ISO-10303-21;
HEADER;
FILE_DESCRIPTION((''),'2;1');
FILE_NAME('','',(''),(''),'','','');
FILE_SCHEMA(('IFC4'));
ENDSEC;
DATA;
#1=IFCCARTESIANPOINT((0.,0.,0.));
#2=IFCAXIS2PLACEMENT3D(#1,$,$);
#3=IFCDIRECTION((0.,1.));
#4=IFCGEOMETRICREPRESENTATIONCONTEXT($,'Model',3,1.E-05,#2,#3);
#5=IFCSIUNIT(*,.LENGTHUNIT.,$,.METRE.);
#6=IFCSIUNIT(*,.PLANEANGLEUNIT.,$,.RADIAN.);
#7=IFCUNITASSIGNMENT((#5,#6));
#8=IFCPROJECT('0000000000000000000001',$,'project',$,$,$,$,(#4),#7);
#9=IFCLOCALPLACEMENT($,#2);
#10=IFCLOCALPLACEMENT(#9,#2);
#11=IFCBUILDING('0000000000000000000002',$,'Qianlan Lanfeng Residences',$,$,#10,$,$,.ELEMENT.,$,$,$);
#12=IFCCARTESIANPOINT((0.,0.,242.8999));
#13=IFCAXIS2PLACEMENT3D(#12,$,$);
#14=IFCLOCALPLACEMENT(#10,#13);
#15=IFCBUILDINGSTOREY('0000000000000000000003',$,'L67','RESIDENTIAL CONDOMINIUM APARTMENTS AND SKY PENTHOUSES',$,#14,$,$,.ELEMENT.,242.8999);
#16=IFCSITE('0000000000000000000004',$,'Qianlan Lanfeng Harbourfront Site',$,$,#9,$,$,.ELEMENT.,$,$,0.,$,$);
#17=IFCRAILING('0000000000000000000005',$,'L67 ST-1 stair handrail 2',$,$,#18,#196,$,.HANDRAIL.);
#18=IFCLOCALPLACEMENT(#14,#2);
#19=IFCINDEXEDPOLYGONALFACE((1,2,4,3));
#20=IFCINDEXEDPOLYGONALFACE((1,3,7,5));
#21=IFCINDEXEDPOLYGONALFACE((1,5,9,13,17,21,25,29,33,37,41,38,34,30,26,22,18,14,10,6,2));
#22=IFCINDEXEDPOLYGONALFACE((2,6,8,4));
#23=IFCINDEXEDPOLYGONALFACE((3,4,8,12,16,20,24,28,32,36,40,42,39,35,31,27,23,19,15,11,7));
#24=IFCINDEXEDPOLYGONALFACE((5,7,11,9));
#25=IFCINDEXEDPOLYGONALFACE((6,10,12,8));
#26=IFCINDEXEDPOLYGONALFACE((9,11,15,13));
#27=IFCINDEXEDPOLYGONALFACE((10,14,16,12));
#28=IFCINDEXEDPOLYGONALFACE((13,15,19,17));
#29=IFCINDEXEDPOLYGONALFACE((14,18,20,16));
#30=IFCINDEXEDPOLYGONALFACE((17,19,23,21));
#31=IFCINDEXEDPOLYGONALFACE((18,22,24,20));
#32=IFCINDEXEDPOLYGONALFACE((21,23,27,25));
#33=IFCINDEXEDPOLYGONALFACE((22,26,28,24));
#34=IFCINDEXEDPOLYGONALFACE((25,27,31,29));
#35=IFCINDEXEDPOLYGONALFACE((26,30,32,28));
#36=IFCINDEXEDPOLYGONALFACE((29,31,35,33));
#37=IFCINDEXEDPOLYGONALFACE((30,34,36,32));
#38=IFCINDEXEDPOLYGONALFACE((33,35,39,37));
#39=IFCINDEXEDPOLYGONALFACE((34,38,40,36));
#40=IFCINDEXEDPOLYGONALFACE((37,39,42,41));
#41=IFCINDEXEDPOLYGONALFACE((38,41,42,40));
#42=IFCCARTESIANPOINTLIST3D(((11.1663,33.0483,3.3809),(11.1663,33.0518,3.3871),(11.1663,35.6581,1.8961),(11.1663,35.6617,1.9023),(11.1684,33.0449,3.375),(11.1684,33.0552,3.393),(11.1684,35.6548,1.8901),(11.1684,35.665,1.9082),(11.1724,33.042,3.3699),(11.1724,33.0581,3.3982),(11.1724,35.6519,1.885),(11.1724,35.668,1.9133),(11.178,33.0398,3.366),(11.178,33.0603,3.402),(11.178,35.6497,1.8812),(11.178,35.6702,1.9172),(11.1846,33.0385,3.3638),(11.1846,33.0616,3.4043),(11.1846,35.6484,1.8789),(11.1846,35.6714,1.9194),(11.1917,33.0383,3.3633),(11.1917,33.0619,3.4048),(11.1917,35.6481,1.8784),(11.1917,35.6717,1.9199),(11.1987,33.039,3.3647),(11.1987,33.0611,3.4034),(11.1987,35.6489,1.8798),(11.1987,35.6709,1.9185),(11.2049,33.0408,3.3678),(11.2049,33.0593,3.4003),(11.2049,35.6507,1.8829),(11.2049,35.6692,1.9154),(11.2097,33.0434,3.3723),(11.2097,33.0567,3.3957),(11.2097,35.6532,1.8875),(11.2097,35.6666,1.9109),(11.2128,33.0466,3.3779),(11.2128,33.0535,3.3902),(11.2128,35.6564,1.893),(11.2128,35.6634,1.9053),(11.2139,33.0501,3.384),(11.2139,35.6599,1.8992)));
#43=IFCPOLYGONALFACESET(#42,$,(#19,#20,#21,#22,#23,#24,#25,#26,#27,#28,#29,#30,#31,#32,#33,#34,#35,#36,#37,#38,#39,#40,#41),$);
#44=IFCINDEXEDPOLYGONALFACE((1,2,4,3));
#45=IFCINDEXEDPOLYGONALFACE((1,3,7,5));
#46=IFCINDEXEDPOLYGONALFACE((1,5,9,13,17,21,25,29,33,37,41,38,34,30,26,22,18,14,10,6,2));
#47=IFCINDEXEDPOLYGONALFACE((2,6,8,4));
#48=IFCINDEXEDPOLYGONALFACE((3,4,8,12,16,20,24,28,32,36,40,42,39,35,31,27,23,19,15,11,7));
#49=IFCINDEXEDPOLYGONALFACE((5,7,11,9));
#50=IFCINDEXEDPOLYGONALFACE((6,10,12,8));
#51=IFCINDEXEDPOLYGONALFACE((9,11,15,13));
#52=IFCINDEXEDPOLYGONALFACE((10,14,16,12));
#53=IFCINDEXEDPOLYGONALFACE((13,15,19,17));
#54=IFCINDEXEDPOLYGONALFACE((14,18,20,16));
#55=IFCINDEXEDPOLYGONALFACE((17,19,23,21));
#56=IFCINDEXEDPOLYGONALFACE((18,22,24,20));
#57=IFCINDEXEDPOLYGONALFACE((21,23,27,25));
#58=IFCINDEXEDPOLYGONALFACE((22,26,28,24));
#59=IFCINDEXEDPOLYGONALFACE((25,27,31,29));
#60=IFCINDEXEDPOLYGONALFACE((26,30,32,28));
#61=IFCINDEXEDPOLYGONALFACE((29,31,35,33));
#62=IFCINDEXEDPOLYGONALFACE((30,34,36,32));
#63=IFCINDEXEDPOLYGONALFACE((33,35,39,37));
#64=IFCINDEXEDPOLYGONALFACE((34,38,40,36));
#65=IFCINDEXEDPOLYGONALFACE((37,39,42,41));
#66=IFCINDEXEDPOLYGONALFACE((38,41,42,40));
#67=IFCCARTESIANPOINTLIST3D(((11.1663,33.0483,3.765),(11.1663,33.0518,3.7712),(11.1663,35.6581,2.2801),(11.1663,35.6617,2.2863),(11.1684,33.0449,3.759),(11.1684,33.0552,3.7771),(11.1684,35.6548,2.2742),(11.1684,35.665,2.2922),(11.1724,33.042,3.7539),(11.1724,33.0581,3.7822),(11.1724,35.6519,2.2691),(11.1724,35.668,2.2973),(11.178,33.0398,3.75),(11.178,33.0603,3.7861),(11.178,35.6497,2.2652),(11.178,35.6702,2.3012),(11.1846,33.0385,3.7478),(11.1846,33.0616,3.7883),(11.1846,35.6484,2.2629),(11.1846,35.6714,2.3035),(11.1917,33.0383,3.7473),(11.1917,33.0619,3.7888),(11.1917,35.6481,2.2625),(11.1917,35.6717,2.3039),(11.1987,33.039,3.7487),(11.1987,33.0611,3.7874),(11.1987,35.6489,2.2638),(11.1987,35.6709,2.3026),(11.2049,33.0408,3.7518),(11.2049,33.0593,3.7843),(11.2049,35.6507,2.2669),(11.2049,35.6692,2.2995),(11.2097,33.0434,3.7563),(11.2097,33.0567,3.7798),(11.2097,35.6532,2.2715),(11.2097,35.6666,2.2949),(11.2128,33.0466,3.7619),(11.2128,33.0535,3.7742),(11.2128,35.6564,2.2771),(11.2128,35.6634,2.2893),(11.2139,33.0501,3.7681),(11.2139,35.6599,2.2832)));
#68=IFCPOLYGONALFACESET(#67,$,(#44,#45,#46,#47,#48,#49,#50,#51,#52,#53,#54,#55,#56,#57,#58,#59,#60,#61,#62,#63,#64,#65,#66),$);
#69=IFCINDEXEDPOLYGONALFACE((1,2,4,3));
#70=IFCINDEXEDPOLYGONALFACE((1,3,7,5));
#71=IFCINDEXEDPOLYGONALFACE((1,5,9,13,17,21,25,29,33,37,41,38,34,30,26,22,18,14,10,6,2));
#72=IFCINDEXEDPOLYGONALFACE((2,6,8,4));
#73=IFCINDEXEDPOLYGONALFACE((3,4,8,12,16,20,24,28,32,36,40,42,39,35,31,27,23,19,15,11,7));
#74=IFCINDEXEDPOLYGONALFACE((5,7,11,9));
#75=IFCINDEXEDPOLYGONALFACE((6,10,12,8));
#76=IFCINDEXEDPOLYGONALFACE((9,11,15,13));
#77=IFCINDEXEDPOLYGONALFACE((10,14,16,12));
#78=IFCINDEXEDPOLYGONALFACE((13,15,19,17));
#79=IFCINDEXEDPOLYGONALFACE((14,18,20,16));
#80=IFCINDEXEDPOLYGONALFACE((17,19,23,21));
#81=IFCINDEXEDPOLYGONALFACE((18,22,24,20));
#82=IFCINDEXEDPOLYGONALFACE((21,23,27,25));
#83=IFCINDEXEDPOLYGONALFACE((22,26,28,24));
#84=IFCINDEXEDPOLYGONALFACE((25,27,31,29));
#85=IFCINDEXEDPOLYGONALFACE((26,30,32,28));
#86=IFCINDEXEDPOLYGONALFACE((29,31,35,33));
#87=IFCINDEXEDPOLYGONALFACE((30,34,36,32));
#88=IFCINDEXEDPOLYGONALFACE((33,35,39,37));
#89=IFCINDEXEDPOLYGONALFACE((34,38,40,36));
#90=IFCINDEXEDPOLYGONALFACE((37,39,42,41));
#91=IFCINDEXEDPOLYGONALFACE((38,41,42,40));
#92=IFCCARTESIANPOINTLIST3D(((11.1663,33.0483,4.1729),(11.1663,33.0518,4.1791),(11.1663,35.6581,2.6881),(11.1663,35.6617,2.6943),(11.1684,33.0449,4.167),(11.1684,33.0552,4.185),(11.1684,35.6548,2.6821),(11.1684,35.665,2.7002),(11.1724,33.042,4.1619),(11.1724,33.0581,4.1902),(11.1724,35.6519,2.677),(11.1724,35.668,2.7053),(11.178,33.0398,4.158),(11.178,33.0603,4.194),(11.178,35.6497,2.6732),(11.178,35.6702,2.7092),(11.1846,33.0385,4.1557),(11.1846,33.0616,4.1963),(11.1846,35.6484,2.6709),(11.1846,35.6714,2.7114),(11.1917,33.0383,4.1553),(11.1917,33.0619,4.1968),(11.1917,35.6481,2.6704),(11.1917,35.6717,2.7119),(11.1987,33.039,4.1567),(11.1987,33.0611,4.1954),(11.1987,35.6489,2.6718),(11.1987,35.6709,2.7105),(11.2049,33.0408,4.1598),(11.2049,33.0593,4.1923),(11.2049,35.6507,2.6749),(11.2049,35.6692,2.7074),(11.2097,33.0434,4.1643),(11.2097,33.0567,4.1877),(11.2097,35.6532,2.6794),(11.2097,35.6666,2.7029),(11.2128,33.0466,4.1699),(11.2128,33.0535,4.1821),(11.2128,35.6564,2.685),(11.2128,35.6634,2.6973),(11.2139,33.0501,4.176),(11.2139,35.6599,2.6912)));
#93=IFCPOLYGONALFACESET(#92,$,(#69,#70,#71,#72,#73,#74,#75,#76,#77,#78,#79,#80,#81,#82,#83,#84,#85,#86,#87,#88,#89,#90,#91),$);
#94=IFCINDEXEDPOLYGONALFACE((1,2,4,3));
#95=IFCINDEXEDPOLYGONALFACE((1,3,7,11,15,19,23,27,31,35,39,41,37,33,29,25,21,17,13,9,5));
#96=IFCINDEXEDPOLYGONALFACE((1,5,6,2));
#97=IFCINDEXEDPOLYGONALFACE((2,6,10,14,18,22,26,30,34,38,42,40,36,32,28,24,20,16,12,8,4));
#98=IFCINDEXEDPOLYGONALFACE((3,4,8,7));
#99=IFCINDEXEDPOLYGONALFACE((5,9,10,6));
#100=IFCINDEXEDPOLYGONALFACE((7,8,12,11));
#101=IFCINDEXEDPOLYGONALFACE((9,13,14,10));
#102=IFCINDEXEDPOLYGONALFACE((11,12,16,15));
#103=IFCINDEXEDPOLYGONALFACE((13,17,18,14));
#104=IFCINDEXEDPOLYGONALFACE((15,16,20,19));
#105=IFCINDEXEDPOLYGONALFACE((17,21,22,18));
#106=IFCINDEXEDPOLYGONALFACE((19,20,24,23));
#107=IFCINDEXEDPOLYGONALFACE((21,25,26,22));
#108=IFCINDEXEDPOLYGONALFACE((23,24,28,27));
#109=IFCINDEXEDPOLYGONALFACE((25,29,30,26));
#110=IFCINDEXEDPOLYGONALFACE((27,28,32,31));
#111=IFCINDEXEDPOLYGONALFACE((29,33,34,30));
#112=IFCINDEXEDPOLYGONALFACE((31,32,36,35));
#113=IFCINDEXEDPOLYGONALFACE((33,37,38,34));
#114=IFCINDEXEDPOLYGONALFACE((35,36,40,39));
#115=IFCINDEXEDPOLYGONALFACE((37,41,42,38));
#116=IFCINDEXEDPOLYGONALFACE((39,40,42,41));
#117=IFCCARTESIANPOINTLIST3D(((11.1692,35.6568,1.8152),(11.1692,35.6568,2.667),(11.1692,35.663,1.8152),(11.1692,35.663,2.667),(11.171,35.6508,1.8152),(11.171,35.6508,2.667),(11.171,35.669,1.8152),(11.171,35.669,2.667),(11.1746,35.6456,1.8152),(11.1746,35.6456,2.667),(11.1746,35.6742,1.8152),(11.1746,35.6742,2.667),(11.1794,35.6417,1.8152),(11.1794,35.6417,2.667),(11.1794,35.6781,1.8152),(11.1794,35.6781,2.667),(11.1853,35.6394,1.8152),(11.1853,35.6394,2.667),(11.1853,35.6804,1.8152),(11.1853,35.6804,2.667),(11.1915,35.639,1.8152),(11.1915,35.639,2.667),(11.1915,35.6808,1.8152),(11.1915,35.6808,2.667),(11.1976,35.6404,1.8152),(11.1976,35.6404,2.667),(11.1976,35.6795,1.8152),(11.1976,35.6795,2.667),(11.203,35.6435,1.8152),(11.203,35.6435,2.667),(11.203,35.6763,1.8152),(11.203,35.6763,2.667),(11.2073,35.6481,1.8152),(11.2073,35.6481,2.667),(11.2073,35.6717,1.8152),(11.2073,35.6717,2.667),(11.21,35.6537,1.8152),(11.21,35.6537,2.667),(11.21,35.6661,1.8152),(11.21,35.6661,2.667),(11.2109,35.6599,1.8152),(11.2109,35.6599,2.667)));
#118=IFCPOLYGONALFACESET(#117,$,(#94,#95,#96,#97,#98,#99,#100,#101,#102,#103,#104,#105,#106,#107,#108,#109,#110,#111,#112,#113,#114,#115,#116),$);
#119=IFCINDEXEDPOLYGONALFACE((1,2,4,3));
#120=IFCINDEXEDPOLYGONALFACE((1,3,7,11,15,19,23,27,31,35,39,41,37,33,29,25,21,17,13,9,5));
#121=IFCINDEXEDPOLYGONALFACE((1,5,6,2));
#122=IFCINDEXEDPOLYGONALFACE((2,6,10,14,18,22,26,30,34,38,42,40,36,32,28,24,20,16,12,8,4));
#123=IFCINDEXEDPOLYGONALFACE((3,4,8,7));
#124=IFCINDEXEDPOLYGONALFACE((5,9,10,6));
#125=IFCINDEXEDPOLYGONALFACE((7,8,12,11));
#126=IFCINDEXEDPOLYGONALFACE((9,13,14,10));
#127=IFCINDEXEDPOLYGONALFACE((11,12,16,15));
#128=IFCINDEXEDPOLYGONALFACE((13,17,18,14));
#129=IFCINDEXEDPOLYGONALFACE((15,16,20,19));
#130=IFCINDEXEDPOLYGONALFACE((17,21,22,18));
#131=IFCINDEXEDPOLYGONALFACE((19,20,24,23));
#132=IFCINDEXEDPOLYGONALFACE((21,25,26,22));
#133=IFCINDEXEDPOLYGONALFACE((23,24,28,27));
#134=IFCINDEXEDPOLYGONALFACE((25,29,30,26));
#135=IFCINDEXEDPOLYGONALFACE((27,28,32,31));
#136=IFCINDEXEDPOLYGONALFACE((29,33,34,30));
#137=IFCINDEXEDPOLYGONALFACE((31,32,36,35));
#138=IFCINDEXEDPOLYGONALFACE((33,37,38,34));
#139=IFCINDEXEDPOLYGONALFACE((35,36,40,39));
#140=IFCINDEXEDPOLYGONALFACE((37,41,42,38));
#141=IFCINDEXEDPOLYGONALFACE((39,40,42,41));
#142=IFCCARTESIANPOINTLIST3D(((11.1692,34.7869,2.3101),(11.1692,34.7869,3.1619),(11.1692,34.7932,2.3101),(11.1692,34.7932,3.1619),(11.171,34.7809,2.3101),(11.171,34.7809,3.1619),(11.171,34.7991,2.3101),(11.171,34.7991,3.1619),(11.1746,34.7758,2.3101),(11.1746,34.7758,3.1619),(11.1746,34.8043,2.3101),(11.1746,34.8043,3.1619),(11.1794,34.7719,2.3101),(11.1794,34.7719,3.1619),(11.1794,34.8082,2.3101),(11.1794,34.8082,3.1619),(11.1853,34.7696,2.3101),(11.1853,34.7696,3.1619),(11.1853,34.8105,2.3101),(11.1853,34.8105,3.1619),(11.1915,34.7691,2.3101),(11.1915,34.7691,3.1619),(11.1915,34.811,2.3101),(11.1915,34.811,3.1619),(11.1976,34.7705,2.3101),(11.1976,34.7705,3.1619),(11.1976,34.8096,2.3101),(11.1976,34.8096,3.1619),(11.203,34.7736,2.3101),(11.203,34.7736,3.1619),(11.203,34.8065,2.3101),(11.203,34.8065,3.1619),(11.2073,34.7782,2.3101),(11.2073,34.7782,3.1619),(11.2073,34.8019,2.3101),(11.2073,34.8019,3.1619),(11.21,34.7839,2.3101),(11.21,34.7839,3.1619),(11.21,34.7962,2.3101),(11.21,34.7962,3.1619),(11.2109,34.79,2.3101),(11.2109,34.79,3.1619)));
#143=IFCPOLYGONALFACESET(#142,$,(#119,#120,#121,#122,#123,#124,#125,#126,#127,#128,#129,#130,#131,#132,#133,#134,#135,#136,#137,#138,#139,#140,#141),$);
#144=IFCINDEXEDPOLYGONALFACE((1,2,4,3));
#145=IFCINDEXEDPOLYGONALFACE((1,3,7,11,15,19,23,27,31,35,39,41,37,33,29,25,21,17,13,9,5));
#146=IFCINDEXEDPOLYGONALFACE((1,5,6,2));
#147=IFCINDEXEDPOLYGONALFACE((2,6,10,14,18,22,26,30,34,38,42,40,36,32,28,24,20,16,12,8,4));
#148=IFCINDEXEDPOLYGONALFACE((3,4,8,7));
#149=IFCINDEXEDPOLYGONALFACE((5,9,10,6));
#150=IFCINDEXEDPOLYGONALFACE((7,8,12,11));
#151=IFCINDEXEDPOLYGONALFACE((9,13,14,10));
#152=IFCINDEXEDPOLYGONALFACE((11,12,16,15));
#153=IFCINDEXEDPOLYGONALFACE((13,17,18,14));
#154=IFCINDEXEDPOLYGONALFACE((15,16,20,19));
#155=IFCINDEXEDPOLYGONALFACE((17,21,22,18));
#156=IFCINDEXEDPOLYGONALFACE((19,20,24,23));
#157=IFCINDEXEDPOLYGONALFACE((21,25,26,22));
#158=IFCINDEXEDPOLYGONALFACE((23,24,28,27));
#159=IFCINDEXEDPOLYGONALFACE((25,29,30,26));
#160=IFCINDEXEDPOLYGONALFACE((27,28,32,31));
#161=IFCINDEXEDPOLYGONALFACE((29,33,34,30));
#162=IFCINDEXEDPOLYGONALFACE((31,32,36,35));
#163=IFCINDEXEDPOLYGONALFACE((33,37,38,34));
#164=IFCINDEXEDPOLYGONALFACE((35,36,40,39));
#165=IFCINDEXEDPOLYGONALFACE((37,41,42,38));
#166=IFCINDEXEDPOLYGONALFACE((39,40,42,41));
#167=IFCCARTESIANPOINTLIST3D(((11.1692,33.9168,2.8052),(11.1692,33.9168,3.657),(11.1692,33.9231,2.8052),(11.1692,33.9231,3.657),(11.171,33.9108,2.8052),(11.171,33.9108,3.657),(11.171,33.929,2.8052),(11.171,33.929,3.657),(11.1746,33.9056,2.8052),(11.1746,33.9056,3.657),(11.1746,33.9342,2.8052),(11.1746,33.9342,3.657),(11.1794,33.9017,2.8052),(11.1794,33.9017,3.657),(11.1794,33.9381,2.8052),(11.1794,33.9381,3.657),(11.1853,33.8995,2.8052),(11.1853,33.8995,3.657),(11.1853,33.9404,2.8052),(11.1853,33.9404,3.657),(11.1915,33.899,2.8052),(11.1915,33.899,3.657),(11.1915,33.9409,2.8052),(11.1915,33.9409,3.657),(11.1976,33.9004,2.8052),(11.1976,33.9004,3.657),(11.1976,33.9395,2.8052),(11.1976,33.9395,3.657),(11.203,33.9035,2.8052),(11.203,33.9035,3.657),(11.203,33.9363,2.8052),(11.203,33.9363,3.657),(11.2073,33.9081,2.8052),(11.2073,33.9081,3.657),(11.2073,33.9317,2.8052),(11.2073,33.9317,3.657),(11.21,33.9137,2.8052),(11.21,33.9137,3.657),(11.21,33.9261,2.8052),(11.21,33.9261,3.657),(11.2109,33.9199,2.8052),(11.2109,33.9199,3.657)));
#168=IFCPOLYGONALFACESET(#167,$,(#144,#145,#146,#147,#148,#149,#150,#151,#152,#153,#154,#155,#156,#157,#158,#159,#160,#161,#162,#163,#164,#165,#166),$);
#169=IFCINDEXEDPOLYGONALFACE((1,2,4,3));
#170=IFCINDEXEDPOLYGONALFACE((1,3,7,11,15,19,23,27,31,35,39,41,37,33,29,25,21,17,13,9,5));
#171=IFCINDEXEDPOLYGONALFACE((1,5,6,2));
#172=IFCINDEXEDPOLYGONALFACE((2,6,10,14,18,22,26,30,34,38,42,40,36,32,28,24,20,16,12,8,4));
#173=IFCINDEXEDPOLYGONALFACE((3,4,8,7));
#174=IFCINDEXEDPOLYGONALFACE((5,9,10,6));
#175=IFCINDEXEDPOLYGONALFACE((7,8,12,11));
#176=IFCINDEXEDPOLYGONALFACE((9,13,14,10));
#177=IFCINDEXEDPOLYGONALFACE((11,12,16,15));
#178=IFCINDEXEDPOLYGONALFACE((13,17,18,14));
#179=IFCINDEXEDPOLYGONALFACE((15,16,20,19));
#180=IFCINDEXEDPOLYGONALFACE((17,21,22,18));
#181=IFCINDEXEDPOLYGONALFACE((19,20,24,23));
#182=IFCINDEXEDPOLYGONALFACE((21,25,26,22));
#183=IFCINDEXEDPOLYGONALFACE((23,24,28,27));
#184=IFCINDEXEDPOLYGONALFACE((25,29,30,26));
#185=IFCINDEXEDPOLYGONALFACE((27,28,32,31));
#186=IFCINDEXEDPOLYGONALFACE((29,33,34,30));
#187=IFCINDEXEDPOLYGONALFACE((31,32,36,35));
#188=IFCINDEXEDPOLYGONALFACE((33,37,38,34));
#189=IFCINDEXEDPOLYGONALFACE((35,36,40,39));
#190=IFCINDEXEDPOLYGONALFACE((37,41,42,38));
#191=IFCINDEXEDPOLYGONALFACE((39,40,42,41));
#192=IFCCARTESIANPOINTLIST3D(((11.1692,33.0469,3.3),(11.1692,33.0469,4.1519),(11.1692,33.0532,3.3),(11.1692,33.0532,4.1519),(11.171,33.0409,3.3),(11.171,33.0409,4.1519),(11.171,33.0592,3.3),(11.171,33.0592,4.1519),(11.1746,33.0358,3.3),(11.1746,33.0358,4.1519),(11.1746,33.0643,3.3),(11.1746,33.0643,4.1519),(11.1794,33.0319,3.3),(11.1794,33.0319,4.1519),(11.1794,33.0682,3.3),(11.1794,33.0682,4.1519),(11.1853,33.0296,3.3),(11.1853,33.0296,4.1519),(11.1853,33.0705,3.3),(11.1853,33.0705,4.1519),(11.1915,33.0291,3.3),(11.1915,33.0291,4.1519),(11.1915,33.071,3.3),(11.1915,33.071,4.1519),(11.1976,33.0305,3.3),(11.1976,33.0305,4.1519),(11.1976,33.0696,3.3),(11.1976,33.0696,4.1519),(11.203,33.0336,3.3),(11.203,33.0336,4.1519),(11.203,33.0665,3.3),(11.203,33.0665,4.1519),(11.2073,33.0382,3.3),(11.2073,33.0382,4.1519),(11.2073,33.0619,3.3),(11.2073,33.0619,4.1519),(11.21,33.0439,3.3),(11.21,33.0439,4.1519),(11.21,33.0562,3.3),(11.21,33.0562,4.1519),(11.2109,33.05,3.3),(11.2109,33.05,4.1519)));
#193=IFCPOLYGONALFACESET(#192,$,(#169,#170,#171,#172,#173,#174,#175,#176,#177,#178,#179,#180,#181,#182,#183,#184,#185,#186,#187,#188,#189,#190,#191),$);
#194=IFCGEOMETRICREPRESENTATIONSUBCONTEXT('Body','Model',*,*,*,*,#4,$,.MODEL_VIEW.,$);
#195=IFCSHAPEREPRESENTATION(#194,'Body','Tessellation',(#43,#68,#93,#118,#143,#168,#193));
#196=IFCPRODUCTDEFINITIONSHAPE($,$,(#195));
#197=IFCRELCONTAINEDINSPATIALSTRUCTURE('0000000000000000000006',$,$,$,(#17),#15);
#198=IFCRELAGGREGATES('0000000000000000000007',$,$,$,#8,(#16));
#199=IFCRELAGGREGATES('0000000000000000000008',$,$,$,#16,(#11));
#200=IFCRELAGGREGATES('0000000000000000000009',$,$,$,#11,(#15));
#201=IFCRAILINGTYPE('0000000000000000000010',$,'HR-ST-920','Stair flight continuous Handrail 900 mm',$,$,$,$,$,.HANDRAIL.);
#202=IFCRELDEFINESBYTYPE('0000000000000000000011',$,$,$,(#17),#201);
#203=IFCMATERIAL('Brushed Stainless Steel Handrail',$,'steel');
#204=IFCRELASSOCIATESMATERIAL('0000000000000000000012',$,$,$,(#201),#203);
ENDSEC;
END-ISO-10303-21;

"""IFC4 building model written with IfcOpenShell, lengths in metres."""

from ifc_helpers import new_model, si_unit, direction, frame, origin, origin_2d, place, context, subcontext, project, spatial, circle, extrude, material, type_object, element, save


model = new_model("IFC4")

# Units and contexts
model_context = context("Model", 3, precision=1e-05, world=origin(), true_north=direction((0.0, 1.0)))
body_context = subcontext(model_context, "Body", "Model", "MODEL_VIEW")
ifc_project = project(units=[si_unit("LENGTHUNIT", "METRE"), si_unit("PLANEANGLEUNIT", "RADIAN")], contexts=[model_context])

# Site, building, storey
site_placement = place(None, origin())
site = spatial("IfcSite", under=ifc_project, at=site_placement, Name="Qianlan Lanfeng Harbourfront Site", CompositionType="ELEMENT", RefElevation=0.0)
building_placement = place(site_placement, origin())
building = spatial("IfcBuilding", under=site, at=building_placement, Name="Qianlan Lanfeng Residences", CompositionType="ELEMENT")
storey_placement = place(building_placement, frame((0.0, 0.0, 242.8999)))
storey = spatial("IfcBuildingStorey", under=building, at=storey_placement, Name="L67", Description="RESIDENTIAL CONDOMINIUM APARTMENTS AND SKY PENTHOUSES", CompositionType="ELEMENT", Elevation=242.8999)

# Railing
ifc_material_1 = material(Name="Brushed Stainless Steel Handrail", Category="steel")
railing_type_1 = type_object("IfcRailingType", Name="HR-ST-920", Description="Stair flight continuous Handrail 900 mm", PredefinedType="HANDRAIL", material=ifc_material_1)
railing_1_placement = place(storey_placement, frame((11.1899, 35.6599, 1.8152)))
element("IfcRailing", 1, at=railing_1_placement, inside=storey, type_object=railing_type_1, Name="L67 ST-1 stair handrail 2", PredefinedType="HANDRAIL", context=body_context, shape_type="SweptSolid", body=[
    extrude(circle(Radius=0.0239, at=origin_2d()), frame((0.0, 0.0, 0.084), z_axis=(0.0, -0.869172, 0.494509), x_axis=(1.0, 0.0, 0.0)), (0.0, 0.0, 1.0), 3.0027),
    extrude(circle(Radius=0.0239, at=origin_2d()), frame((0.0, 0.0, 0.468), z_axis=(0.0, -0.869172, 0.494509), x_axis=(1.0, 0.0, 0.0)), (0.0, 0.0, 1.0), 3.0027),
    extrude(circle(Radius=0.0239, at=origin_2d()), frame((0.0, 0.0, 0.876), z_axis=(0.0, -0.869172, 0.494509), x_axis=(1.0, 0.0, 0.0)), (0.0, 0.0, 1.0), 3.0027),
    extrude(circle(Radius=0.021, at=origin_2d()), origin(), (0.0, 0.0, 1.0), 0.8518),
    extrude(circle(Radius=0.021, at=origin_2d()), frame((0.0, -0.8699, 0.4949)), (0.0, 0.0, 1.0), 0.8518),
    extrude(circle(Radius=0.021, at=origin_2d()), frame((0.0, -1.74, 0.99)), (0.0, 0.0, 1.0), 0.8518),
    extrude(circle(Radius=0.021, at=origin_2d()), frame((0.0, -2.6099, 1.4849)), (0.0, 0.0, 1.0), 0.8518),
])

save(model, "model.ifc")
